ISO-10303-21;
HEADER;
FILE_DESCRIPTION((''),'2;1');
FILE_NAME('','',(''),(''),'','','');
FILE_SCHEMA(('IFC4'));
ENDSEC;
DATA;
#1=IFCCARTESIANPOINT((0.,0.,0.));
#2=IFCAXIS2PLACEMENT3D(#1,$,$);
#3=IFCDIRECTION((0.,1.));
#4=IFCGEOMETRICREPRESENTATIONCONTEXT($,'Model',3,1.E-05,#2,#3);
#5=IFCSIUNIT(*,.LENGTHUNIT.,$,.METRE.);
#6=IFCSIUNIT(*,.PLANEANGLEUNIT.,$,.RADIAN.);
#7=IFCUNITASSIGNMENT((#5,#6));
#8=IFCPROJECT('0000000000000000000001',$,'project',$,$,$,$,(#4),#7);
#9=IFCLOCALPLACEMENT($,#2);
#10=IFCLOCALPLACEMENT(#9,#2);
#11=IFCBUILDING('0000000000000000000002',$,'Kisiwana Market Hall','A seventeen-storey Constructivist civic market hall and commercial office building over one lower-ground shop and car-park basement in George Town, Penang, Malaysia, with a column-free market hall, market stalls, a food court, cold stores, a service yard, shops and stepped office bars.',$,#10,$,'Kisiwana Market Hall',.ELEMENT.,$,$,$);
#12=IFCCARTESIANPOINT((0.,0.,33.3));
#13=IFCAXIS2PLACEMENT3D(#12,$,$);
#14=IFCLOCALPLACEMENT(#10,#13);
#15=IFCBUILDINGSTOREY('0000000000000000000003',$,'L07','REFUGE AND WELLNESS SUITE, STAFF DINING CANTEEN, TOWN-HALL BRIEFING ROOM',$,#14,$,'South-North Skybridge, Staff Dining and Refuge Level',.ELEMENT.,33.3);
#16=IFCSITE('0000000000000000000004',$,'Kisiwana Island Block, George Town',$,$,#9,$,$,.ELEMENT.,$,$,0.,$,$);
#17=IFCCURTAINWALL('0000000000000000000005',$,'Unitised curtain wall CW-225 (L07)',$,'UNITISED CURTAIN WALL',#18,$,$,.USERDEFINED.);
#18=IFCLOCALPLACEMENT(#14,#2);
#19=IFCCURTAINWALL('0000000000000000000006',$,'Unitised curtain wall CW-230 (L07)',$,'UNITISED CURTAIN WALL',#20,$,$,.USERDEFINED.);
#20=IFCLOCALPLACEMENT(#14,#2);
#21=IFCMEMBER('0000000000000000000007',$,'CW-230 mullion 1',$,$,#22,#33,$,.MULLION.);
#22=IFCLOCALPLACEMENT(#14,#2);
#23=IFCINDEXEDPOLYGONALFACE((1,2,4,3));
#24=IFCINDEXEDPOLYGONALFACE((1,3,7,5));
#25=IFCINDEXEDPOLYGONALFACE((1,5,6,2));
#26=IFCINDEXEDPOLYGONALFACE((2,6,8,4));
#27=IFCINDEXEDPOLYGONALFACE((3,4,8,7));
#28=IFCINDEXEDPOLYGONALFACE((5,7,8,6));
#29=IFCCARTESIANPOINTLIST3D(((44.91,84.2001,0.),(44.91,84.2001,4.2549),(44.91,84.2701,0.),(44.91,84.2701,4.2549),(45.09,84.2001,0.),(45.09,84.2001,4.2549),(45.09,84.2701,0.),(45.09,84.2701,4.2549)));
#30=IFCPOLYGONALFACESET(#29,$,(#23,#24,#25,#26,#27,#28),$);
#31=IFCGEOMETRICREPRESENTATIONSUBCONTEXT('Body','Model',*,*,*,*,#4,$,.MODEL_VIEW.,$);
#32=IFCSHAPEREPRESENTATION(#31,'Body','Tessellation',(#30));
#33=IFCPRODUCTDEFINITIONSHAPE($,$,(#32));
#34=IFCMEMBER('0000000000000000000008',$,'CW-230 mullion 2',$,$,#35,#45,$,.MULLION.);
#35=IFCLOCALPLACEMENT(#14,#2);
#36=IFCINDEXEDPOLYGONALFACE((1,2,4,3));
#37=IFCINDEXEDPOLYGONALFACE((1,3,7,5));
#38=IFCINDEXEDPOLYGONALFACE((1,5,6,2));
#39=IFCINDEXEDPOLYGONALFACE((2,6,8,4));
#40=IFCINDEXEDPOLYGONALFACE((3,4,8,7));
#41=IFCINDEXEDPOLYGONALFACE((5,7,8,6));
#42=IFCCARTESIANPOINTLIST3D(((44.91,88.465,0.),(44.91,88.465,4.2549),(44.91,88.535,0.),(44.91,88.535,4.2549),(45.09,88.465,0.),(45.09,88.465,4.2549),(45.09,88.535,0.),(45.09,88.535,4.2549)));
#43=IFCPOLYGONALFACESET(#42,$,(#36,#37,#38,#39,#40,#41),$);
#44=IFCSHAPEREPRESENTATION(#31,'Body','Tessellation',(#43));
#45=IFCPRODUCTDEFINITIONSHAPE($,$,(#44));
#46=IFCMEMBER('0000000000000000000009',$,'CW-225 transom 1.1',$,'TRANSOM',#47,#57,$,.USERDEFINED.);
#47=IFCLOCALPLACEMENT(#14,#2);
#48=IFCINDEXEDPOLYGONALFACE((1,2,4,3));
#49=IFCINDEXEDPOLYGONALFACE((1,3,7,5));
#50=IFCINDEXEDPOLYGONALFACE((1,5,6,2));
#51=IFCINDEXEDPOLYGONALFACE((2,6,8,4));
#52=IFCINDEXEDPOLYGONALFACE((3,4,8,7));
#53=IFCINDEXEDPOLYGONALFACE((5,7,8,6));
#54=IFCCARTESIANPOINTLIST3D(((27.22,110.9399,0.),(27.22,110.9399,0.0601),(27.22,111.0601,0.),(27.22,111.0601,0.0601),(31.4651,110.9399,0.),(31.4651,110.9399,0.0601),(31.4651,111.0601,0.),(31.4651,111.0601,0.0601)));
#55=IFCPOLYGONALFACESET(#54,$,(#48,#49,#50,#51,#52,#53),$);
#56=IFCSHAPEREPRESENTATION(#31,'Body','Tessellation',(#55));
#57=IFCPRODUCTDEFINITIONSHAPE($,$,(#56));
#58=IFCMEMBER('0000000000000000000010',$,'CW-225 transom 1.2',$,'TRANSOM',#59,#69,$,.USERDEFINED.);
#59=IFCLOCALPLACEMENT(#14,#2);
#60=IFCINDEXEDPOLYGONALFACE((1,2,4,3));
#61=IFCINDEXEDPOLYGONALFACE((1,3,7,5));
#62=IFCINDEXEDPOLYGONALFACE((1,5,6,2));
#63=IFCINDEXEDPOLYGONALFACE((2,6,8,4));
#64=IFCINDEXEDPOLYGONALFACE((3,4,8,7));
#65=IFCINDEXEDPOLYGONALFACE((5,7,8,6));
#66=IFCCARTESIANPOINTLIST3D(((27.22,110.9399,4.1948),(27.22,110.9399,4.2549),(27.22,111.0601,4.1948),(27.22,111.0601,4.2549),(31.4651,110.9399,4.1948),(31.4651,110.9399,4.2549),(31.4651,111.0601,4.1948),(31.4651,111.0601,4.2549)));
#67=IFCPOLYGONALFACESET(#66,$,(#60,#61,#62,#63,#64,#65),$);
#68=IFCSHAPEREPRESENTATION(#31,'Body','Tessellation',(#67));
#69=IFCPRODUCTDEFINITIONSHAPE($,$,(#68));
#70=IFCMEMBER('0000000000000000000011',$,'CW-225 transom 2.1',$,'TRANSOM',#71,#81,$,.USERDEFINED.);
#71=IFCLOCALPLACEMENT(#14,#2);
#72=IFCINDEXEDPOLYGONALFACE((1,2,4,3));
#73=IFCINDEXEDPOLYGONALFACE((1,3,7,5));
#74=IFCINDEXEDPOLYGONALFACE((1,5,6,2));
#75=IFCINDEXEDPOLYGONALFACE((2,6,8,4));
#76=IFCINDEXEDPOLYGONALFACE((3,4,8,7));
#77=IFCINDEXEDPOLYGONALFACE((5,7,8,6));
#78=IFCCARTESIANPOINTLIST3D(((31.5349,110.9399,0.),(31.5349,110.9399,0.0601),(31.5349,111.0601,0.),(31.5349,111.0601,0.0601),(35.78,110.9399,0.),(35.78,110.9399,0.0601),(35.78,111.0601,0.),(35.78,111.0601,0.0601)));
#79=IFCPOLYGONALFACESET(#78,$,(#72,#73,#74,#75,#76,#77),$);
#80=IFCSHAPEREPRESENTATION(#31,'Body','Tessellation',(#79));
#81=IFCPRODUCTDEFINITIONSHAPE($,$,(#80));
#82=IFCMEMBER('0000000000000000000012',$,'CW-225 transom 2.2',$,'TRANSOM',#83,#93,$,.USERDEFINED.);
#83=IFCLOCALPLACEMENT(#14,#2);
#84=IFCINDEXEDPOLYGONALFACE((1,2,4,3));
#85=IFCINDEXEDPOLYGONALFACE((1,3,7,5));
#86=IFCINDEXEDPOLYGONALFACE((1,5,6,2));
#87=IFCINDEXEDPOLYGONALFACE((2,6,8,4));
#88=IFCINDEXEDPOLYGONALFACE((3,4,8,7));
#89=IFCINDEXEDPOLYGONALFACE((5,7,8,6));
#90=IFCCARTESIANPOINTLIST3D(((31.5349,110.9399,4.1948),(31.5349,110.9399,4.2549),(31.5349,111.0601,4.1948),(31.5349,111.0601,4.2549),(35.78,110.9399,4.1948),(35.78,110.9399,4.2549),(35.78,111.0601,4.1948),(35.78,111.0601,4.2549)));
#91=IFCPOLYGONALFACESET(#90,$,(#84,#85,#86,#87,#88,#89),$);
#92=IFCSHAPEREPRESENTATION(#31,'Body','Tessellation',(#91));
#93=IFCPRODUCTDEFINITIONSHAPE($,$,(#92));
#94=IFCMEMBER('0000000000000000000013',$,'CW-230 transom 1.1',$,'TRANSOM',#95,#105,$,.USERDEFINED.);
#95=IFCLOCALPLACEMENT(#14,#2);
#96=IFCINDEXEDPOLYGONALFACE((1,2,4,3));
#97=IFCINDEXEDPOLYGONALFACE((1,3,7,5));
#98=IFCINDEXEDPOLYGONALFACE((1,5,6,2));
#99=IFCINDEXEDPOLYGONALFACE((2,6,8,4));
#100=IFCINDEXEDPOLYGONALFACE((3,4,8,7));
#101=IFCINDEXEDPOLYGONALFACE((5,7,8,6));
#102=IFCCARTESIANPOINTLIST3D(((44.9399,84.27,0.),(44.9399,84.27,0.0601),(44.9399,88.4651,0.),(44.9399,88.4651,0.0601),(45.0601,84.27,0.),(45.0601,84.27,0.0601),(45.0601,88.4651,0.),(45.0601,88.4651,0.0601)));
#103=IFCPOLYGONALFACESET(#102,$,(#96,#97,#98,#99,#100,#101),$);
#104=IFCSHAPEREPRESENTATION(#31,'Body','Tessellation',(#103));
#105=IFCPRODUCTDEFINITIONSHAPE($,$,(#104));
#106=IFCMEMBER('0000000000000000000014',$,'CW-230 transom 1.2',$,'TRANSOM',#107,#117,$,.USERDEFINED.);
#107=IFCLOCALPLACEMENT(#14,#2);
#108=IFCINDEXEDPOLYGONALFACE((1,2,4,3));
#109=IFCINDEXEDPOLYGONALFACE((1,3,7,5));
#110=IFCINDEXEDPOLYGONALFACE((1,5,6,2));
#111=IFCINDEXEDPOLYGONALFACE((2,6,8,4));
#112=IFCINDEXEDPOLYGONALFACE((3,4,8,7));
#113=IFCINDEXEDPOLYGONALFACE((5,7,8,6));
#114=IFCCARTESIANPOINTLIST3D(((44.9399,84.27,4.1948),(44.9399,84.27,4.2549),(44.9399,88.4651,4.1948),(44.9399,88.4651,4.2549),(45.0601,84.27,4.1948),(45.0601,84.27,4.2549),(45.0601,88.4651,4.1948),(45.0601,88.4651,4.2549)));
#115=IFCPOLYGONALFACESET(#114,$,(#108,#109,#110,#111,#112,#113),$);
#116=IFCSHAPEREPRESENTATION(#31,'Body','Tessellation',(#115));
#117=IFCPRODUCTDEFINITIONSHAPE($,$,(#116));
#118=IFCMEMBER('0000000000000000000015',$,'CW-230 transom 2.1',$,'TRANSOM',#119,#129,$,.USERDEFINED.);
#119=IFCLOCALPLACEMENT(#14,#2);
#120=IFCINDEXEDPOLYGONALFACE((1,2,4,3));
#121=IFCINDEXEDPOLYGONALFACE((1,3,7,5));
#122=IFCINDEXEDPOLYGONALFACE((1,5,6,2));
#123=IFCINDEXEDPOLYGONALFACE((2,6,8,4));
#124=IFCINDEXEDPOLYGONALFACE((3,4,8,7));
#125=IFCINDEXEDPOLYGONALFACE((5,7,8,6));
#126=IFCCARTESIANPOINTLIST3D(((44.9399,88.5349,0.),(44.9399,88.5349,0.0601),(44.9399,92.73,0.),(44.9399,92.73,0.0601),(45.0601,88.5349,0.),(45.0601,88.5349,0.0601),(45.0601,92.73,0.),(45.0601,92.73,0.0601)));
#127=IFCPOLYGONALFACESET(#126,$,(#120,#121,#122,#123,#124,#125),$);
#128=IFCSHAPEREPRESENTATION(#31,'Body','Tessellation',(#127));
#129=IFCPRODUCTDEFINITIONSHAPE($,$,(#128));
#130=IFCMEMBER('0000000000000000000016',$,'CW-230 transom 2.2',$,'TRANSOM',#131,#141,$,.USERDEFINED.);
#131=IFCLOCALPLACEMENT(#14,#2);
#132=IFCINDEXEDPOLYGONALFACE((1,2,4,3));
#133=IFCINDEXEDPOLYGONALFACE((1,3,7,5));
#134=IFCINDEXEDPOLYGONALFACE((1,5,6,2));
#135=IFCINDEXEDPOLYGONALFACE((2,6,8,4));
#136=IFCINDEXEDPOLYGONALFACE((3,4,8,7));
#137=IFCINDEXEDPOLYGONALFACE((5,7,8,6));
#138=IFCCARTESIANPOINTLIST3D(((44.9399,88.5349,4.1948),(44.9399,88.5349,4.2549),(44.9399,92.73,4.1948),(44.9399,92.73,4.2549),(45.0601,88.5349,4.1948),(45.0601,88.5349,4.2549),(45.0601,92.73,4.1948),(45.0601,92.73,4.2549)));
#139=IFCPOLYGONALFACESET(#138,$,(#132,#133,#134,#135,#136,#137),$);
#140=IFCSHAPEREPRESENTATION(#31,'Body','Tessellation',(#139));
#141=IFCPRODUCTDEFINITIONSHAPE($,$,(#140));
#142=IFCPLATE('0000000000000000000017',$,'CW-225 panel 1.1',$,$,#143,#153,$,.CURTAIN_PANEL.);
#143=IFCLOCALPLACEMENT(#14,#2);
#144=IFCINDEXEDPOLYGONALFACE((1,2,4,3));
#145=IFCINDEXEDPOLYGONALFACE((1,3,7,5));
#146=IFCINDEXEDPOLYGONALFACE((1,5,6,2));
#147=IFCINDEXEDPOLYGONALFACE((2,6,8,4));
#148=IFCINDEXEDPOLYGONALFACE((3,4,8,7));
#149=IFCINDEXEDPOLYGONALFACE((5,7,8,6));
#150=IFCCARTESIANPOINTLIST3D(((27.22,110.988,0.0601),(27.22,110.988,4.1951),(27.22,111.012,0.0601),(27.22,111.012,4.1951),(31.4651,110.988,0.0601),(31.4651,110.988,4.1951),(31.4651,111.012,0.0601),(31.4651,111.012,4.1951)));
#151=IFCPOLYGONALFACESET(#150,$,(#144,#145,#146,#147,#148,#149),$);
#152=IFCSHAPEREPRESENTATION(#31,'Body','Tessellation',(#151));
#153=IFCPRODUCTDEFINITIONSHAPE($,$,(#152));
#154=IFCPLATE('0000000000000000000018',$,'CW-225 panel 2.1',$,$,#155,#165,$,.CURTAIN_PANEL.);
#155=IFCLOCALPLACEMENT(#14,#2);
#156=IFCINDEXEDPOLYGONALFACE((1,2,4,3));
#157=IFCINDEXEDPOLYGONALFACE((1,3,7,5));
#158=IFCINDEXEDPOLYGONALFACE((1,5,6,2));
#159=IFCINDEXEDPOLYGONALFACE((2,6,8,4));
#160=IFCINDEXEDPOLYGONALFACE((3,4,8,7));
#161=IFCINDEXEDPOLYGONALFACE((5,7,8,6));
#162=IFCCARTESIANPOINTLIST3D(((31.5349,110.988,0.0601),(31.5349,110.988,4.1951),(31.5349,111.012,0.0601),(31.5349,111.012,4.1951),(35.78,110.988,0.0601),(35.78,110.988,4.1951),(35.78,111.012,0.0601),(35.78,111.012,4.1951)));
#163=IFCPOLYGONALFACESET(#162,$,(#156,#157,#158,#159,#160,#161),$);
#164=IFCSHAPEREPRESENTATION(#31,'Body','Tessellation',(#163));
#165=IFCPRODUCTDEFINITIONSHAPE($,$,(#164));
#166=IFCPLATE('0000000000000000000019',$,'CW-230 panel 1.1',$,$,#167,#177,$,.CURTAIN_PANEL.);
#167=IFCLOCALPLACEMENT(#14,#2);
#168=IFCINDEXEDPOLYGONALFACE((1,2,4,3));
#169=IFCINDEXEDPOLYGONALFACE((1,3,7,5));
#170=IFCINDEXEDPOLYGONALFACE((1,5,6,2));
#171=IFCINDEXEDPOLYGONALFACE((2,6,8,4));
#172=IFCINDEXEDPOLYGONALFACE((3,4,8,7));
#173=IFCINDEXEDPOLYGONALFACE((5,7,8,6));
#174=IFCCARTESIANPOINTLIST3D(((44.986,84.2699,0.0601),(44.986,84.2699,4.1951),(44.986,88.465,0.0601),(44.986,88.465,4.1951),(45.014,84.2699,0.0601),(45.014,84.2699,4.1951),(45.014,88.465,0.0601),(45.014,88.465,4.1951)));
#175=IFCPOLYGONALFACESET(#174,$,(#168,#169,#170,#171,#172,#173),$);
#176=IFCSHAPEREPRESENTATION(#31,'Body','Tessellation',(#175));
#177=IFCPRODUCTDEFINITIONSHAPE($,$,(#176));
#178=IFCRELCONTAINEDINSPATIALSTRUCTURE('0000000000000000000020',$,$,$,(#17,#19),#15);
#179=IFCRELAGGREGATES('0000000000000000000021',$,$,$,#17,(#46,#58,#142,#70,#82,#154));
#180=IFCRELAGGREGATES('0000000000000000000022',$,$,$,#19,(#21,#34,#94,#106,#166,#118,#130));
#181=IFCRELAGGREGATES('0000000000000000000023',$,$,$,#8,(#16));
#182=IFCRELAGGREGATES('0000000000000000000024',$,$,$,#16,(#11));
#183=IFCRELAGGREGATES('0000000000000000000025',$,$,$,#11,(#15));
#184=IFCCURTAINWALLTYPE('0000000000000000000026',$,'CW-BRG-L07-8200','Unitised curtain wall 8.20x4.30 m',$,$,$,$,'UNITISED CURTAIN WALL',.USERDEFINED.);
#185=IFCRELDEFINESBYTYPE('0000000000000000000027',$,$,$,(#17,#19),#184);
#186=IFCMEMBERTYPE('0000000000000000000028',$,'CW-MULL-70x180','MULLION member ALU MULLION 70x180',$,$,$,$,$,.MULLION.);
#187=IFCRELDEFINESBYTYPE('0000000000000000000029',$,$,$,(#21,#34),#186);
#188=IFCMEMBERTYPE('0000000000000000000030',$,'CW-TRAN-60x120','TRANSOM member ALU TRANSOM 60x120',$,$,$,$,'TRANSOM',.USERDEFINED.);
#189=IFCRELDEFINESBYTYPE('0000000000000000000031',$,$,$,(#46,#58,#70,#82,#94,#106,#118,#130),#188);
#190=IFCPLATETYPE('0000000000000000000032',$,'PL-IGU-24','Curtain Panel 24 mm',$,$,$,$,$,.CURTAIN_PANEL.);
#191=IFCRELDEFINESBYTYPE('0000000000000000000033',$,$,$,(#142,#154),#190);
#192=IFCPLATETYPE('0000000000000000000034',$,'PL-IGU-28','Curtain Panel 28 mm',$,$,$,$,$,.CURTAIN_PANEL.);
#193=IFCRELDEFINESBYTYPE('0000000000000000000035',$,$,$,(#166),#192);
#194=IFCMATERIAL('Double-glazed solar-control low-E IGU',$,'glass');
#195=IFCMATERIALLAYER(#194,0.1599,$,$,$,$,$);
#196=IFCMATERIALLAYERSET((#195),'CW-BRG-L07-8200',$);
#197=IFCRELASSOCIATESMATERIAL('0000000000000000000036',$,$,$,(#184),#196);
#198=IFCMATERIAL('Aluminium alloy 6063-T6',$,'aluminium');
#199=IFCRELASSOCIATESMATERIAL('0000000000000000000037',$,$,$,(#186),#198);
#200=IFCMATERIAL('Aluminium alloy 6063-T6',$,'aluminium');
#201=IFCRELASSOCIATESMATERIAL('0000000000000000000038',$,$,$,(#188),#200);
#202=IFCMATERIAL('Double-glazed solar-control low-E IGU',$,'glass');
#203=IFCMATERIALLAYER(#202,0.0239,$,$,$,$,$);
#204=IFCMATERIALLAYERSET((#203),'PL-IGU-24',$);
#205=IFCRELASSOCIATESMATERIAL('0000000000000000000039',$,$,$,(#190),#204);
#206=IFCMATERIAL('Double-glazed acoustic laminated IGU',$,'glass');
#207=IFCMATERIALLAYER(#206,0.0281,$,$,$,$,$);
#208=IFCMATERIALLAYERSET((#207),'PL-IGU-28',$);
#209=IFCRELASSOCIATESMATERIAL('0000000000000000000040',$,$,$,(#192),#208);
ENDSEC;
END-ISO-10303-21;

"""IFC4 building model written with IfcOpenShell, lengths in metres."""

from ifc_helpers import new_model, si_unit, direction, frame, origin, origin_2d, place, context, subcontext, project, spatial, rectangle, extrude, material, layer, layer_set, material_profile, profile_set, type_object, element, aggregate, save


model = new_model("IFC4")

# Units and contexts
model_context = context("Model", 3, precision=1e-05, world=origin(), true_north=direction((0.0, 1.0)))
body_context = subcontext(model_context, "Body", "Model", "MODEL_VIEW")
ifc_project = project(units=[si_unit("LENGTHUNIT", "METRE"), si_unit("PLANEANGLEUNIT", "RADIAN")], contexts=[model_context])

# Site, building, storey
site_placement = place(None, origin())
site = spatial("IfcSite", under=ifc_project, at=site_placement, Name="Kisiwana Island Block, George Town", CompositionType="ELEMENT", RefElevation=0.0)
building_placement = place(site_placement, origin())
building = spatial("IfcBuilding", under=site, at=building_placement, Name="Kisiwana Market Hall", Description="A seventeen-storey Constructivist civic market hall and commercial office building over one lower-ground shop and car-park basement in George Town, Penang, Malaysia, with a column-free market hall, market stalls, a food court, cold stores, a service yard, shops and stepped office bars.", LongName="Kisiwana Market Hall", CompositionType="ELEMENT")
storey_placement = place(building_placement, frame((0.0, 0.0, 33.3)))
storey = spatial("IfcBuildingStorey", under=building, at=storey_placement, Name="L07", Description="REFUGE AND WELLNESS SUITE, STAFF DINING CANTEEN, TOWN-HALL BRIEFING ROOM", LongName="South-North Skybridge, Staff Dining and Refuge Level", CompositionType="ELEMENT", Elevation=33.3)

# Curtain walls, members
ifc_material_1 = material(Name="Double-glazed solar-control low-E IGU", Category="glass")
ifc_layer_1 = layer(ifc_material_1, 0.1599)
ifc_layer_set_1 = layer_set([ifc_layer_1], Name="CW-BRG-L07-8200")
curtain_wall_type = type_object("IfcCurtainWallType", Name="CW-BRG-L07-8200", Description="Unitised curtain wall 8.20x4.30 m", ElementType="UNITISED CURTAIN WALL", PredefinedType="USERDEFINED", material=ifc_layer_set_1)
curtain_wall_1_placement = place(storey_placement, origin())
curtain_wall_1 = element("IfcCurtainWall", 1, at=curtain_wall_1_placement, inside=storey, type_object=curtain_wall_type, Name="Unitised curtain wall CW-225 (L07)", ObjectType="UNITISED CURTAIN WALL", PredefinedType="USERDEFINED")
ifc_material_2 = material(Name="Aluminium alloy 6063-T6", Category="aluminium")
ifc_material_profile_1 = material_profile(ifc_material_2, rectangle(XDim=0.0701, YDim=0.1799, at=origin_2d()), Name="ALU MULLION 70x180")
ifc_profile_set_1 = profile_set([ifc_material_profile_1], Name="Aluminium alloy 6063-T6")
member_type_1 = type_object("IfcMemberType", Name="CW-MULL-70x180", Description="MULLION member ALU MULLION 70x180", PredefinedType="MULLION", material=ifc_profile_set_1)
curtain_wall_2_placement = place(storey_placement, origin())
curtain_wall_2 = element("IfcCurtainWall", 2, at=curtain_wall_2_placement, inside=storey, type_object=curtain_wall_type, Name="Unitised curtain wall CW-230 (L07)", ObjectType="UNITISED CURTAIN WALL", PredefinedType="USERDEFINED")
member_1_placement = place(storey_placement, frame((45.0, 84.2351, 0.0), z_axis=(0.0, 0.0, 1.0), x_axis=(0.0, 1.0, 0.0)))
member_1 = element("IfcMember", 3, at=member_1_placement, type_object=member_type_1, Name="CW-230 mullion 1", PredefinedType="MULLION", context=body_context, shape_type="SweptSolid", body=[
    extrude(rectangle(XDim=0.0701, YDim=0.1799, at=origin_2d()), origin(), (0.0, 0.0, 1.0), 4.2549),
])
member_2_placement = place(storey_placement, frame((45.0, 88.5, 0.0), z_axis=(0.0, 0.0, 1.0), x_axis=(0.0, 1.0, 0.0)))
member_2 = element("IfcMember", 4, at=member_2_placement, type_object=member_type_1, Name="CW-230 mullion 2", PredefinedType="MULLION", context=body_context, shape_type="SweptSolid", body=[
    extrude(rectangle(XDim=0.0701, YDim=0.1799, at=origin_2d()), origin(), (0.0, 0.0, 1.0), 4.2549),
])

# Members
ifc_material_3 = material(Name="Aluminium alloy 6063-T6", Category="aluminium")
ifc_material_profile_2 = material_profile(ifc_material_3, rectangle(XDim=0.1201, YDim=0.0601, at=origin_2d()), Name="ALU TRANSOM 60x120")
ifc_profile_set_2 = profile_set([ifc_material_profile_2], Name="Aluminium alloy 6063-T6")
member_type_2 = type_object("IfcMemberType", Name="CW-TRAN-60x120", Description="TRANSOM member ALU TRANSOM 60x120", ElementType="TRANSOM", PredefinedType="USERDEFINED", material=ifc_profile_set_2)
member_3_placement = place(storey_placement, frame((27.22, 111.0, 0.03), z_axis=(1.0, 0.0, 0.0), x_axis=(0.0, 1.0, 0.0)))
member_3 = element("IfcMember", 5, at=member_3_placement, type_object=member_type_2, Name="CW-225 transom 1.1", ObjectType="TRANSOM", PredefinedType="USERDEFINED", context=body_context, shape_type="SweptSolid", body=[
    extrude(rectangle(XDim=0.1201, YDim=0.0601, at=origin_2d()), origin(), (0.0, 0.0, 1.0), 4.2451),
])
member_4_placement = place(storey_placement, frame((27.22, 111.0, 4.2249), z_axis=(1.0, 0.0, 0.0), x_axis=(0.0, 1.0, 0.0)))
member_4 = element("IfcMember", 6, at=member_4_placement, type_object=member_type_2, Name="CW-225 transom 1.2", ObjectType="TRANSOM", PredefinedType="USERDEFINED", context=body_context, shape_type="SweptSolid", body=[
    extrude(rectangle(XDim=0.1201, YDim=0.0601, at=origin_2d()), origin(), (0.0, 0.0, 1.0), 4.2451),
])
member_5_placement = place(storey_placement, frame((31.5349, 111.0, 0.03), z_axis=(1.0, 0.0, 0.0), x_axis=(0.0, 1.0, 0.0)))
member_5 = element("IfcMember", 7, at=member_5_placement, type_object=member_type_2, Name="CW-225 transom 2.1", ObjectType="TRANSOM", PredefinedType="USERDEFINED", context=body_context, shape_type="SweptSolid", body=[
    extrude(rectangle(XDim=0.1201, YDim=0.0601, at=origin_2d()), origin(), (0.0, 0.0, 1.0), 4.2451),
])
member_6_placement = place(storey_placement, frame((31.5349, 111.0, 4.2249), z_axis=(1.0, 0.0, 0.0), x_axis=(0.0, 1.0, 0.0)))
member_6 = element("IfcMember", 8, at=member_6_placement, type_object=member_type_2, Name="CW-225 transom 2.2", ObjectType="TRANSOM", PredefinedType="USERDEFINED", context=body_context, shape_type="SweptSolid", body=[
    extrude(rectangle(XDim=0.1201, YDim=0.0601, at=origin_2d()), origin(), (0.0, 0.0, 1.0), 4.2451),
])
member_7_placement = place(storey_placement, frame((45.0, 84.27, 0.03), z_axis=(0.0, 1.0, 0.0), x_axis=(-1.0, 0.0, 0.0)))
member_7 = element("IfcMember", 9, at=member_7_placement, type_object=member_type_2, Name="CW-230 transom 1.1", ObjectType="TRANSOM", PredefinedType="USERDEFINED", context=body_context, shape_type="SweptSolid", body=[
    extrude(rectangle(XDim=0.1201, YDim=0.0601, at=origin_2d()), origin(), (0.0, 0.0, 1.0), 4.1951),
])
member_8_placement = place(storey_placement, frame((45.0, 84.27, 4.2249), z_axis=(0.0, 1.0, 0.0), x_axis=(-1.0, 0.0, 0.0)))
member_8 = element("IfcMember", 10, at=member_8_placement, type_object=member_type_2, Name="CW-230 transom 1.2", ObjectType="TRANSOM", PredefinedType="USERDEFINED", context=body_context, shape_type="SweptSolid", body=[
    extrude(rectangle(XDim=0.1201, YDim=0.0601, at=origin_2d()), origin(), (0.0, 0.0, 1.0), 4.1951),
])
member_9_placement = place(storey_placement, frame((45.0, 88.5349, 0.03), z_axis=(0.0, 1.0, 0.0), x_axis=(-1.0, 0.0, 0.0)))
member_9 = element("IfcMember", 11, at=member_9_placement, type_object=member_type_2, Name="CW-230 transom 2.1", ObjectType="TRANSOM", PredefinedType="USERDEFINED", context=body_context, shape_type="SweptSolid", body=[
    extrude(rectangle(XDim=0.1201, YDim=0.0601, at=origin_2d()), origin(), (0.0, 0.0, 1.0), 4.1951),
])
member_10_placement = place(storey_placement, frame((45.0, 88.5349, 4.2249), z_axis=(0.0, 1.0, 0.0), x_axis=(-1.0, 0.0, 0.0)))
member_10 = element("IfcMember", 12, at=member_10_placement, type_object=member_type_2, Name="CW-230 transom 2.2", ObjectType="TRANSOM", PredefinedType="USERDEFINED", context=body_context, shape_type="SweptSolid", body=[
    extrude(rectangle(XDim=0.1201, YDim=0.0601, at=origin_2d()), origin(), (0.0, 0.0, 1.0), 4.1951),
])

# Plates
ifc_material_4 = material(Name="Double-glazed solar-control low-E IGU", Category="glass")
ifc_layer_2 = layer(ifc_material_4, 0.0239)
ifc_layer_set_2 = layer_set([ifc_layer_2], Name="PL-IGU-24")
plate_type_1 = type_object("IfcPlateType", Name="PL-IGU-24", Description="Curtain Panel 24 mm", PredefinedType="CURTAIN_PANEL", material=ifc_layer_set_2)
plate_1_placement = place(storey_placement, frame((29.3425, 111.0, 0.0601), z_axis=(0.0, 0.0, 1.0), x_axis=(1.0, 0.0, 0.0)))
plate_1 = element("IfcPlate", 13, at=plate_1_placement, type_object=plate_type_1, Name="CW-225 panel 1.1", PredefinedType="CURTAIN_PANEL", context=body_context, shape_type="SweptSolid", body=[
    extrude(rectangle(XDim=4.2451, YDim=0.0239, at=origin_2d()), origin(), (0.0, 0.0, 1.0), 4.135),
])
plate_2_placement = place(storey_placement, frame((33.6575, 111.0, 0.0601), z_axis=(0.0, 0.0, 1.0), x_axis=(1.0, 0.0, 0.0)))
plate_2 = element("IfcPlate", 14, at=plate_2_placement, type_object=plate_type_1, Name="CW-225 panel 2.1", PredefinedType="CURTAIN_PANEL", context=body_context, shape_type="SweptSolid", body=[
    extrude(rectangle(XDim=4.2451, YDim=0.0239, at=origin_2d()), origin(), (0.0, 0.0, 1.0), 4.135),
])
aggregate(curtain_wall_1, [member_3, member_4, plate_1, member_5, member_6, plate_2])
ifc_material_5 = material(Name="Double-glazed acoustic laminated IGU", Category="glass")
ifc_layer_3 = layer(ifc_material_5, 0.0281)
ifc_layer_set_3 = layer_set([ifc_layer_3], Name="PL-IGU-28")
plate_type_2 = type_object("IfcPlateType", Name="PL-IGU-28", Description="Curtain Panel 28 mm", PredefinedType="CURTAIN_PANEL", material=ifc_layer_set_3)
plate_3_placement = place(storey_placement, frame((45.0, 86.3674, 0.0601), z_axis=(0.0, 0.0, 1.0), x_axis=(0.0, 1.0, 0.0)))
plate_3 = element("IfcPlate", 15, at=plate_3_placement, type_object=plate_type_2, Name="CW-230 panel 1.1", PredefinedType="CURTAIN_PANEL", context=body_context, shape_type="SweptSolid", body=[
    extrude(rectangle(XDim=4.1951, YDim=0.0281, at=origin_2d()), origin(), (0.0, 0.0, 1.0), 4.135),
])
aggregate(curtain_wall_2, [member_1, member_2, member_7, member_8, plate_3, member_9, member_10])

save(model, "model.ifc")
